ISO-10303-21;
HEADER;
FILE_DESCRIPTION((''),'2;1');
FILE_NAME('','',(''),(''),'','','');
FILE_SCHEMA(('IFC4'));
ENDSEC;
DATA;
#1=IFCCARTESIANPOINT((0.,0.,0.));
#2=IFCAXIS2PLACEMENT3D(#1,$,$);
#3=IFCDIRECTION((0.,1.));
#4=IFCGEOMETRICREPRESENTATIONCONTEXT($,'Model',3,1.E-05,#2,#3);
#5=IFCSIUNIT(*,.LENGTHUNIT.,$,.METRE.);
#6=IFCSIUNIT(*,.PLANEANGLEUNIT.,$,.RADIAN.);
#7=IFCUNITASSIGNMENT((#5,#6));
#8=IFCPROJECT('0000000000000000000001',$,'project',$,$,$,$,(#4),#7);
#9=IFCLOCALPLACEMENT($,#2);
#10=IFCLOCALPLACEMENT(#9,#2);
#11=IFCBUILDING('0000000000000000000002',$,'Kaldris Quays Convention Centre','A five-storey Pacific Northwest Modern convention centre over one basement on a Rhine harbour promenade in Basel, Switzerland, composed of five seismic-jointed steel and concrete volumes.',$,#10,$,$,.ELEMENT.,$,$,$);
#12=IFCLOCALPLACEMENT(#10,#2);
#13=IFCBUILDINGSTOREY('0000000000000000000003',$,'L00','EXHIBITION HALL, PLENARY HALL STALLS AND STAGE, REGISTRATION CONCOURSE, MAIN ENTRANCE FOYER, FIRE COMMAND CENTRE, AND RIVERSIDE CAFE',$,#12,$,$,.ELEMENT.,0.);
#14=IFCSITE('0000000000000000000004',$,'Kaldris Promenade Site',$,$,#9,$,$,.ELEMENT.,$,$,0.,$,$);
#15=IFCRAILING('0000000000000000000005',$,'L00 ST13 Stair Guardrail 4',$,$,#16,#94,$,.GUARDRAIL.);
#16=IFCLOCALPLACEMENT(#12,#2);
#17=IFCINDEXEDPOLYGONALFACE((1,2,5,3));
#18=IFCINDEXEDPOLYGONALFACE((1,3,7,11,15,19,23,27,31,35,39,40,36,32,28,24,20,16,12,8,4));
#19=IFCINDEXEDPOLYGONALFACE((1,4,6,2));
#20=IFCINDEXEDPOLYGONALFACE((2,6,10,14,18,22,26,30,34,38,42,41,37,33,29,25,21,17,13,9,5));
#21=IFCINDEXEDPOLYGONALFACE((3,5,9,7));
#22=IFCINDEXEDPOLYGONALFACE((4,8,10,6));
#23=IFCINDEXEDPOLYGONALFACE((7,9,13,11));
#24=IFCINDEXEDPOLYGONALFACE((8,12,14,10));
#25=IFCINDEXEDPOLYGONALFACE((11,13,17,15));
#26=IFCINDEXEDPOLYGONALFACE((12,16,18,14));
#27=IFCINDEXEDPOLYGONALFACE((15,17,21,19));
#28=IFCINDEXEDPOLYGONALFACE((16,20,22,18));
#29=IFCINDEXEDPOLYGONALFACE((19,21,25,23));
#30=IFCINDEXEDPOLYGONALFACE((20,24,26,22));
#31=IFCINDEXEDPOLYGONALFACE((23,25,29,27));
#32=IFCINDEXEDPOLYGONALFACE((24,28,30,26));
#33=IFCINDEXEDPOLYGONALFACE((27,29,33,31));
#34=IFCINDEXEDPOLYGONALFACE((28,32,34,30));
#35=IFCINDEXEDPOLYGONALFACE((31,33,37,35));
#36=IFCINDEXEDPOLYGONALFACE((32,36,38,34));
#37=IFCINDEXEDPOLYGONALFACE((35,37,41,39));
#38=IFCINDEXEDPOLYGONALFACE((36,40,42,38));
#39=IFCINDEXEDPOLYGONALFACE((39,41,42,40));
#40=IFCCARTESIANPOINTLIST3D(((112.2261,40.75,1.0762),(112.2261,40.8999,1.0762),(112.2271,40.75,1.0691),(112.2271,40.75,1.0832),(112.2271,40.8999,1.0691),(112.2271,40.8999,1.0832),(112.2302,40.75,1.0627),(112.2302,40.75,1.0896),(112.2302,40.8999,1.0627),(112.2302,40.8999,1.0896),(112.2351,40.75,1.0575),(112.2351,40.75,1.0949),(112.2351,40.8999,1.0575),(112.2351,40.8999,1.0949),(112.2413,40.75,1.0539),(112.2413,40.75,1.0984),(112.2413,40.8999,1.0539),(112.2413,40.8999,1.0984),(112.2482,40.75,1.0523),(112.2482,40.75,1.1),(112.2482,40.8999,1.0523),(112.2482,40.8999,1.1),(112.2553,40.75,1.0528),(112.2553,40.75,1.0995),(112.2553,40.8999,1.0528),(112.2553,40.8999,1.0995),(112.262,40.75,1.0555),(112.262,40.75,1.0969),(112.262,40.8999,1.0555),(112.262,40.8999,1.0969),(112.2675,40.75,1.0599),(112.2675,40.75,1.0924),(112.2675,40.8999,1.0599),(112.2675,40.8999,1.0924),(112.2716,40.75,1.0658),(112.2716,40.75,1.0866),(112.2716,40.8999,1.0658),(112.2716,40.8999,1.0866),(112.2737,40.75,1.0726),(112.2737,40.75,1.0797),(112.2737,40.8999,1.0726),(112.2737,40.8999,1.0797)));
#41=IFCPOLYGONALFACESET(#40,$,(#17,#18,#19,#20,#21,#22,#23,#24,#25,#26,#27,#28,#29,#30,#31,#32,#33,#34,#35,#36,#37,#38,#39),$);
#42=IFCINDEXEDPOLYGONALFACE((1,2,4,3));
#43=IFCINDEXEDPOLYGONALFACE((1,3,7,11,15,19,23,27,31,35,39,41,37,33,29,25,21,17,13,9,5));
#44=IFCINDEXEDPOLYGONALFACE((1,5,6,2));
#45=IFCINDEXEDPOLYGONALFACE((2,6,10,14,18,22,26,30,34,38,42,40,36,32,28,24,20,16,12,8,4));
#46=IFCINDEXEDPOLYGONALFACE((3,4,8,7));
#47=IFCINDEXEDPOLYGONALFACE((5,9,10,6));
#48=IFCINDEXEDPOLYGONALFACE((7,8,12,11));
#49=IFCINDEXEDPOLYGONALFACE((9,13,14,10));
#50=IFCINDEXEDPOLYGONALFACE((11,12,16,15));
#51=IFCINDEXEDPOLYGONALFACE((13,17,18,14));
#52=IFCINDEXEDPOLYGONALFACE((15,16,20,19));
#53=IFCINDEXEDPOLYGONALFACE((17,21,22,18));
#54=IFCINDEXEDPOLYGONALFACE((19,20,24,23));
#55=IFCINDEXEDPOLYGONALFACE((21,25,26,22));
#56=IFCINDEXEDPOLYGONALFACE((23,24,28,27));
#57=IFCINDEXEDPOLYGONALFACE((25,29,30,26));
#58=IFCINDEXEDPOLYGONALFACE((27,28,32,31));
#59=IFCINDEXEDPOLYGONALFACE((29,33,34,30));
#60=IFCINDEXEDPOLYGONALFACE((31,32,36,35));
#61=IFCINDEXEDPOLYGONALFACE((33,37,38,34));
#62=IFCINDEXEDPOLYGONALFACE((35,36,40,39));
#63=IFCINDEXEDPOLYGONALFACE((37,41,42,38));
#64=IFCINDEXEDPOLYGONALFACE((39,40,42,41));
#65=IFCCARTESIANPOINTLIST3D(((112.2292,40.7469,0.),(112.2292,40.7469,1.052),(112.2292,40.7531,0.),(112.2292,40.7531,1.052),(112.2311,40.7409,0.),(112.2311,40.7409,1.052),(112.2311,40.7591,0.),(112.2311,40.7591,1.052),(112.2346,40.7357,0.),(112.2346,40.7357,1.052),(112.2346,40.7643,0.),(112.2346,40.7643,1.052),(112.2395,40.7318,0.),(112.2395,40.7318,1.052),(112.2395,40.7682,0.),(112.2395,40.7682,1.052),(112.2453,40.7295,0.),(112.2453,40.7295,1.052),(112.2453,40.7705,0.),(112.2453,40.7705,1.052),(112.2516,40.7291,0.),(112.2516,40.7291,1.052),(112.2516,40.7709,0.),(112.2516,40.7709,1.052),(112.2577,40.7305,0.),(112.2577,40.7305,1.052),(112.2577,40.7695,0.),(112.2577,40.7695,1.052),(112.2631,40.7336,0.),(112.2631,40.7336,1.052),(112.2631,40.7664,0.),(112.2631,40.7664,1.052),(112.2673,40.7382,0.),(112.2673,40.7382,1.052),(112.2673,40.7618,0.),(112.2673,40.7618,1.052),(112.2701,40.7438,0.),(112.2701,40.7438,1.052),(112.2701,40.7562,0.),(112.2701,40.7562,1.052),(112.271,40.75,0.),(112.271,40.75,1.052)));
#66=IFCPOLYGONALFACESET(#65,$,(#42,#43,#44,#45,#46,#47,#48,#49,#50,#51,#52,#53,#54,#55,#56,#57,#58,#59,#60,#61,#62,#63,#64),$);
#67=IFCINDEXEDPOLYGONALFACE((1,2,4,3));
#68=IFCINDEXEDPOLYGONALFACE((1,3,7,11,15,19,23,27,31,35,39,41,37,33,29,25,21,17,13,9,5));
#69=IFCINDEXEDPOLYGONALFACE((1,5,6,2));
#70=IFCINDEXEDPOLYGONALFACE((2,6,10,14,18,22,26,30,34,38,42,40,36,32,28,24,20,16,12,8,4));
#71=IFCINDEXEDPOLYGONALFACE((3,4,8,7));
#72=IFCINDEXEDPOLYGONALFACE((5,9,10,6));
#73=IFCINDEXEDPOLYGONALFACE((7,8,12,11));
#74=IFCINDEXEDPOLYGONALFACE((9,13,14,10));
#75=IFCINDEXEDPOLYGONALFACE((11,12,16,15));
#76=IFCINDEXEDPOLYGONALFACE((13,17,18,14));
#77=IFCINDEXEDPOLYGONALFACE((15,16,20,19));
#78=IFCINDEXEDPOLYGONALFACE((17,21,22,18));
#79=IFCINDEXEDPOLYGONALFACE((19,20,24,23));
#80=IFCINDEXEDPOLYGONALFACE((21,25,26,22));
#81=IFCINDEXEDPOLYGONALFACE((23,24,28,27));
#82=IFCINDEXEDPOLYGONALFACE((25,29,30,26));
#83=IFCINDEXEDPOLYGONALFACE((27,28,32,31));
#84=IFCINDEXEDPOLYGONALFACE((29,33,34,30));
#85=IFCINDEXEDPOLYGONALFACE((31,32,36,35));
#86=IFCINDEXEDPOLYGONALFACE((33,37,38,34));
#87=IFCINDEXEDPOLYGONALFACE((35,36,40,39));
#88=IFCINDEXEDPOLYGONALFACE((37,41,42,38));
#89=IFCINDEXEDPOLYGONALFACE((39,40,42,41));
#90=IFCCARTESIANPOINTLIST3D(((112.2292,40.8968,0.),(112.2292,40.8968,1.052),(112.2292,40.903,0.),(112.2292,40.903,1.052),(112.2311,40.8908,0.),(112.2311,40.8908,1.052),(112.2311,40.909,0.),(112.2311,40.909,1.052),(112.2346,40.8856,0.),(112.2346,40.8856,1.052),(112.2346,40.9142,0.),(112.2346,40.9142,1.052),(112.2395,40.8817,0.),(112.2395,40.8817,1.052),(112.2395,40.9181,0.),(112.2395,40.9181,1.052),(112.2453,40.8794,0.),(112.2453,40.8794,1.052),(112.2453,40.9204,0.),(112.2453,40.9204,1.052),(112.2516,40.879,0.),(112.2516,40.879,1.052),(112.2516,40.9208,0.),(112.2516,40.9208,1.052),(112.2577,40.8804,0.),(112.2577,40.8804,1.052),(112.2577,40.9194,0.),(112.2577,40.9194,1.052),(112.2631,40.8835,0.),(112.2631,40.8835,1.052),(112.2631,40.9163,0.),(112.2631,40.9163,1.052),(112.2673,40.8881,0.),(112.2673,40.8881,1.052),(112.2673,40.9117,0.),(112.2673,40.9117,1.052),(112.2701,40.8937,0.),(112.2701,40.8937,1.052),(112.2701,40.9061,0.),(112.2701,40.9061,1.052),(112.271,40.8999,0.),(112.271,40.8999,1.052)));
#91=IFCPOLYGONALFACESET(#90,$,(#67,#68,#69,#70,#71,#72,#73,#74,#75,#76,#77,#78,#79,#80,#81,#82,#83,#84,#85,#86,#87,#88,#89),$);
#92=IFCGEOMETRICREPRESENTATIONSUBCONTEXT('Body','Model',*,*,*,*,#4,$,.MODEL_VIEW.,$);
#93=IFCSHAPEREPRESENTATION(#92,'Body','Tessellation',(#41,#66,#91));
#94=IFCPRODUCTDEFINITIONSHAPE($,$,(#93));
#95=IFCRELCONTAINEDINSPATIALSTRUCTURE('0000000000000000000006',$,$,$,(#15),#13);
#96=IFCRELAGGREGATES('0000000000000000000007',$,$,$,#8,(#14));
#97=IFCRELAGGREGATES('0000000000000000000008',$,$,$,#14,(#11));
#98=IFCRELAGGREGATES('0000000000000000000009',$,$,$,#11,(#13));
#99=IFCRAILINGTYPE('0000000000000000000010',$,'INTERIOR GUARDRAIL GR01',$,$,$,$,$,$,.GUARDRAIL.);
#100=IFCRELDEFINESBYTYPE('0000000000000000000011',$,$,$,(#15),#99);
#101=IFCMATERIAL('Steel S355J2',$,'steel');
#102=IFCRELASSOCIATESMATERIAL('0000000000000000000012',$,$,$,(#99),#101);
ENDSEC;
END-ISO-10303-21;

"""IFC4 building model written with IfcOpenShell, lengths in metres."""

from ifc_helpers import new_model, si_unit, direction, frame, origin, origin_2d, place, context, subcontext, project, spatial, circle, extrude, material, type_object, element, save


model = new_model("IFC4")

# Units and contexts
model_context = context("Model", 3, precision=1e-05, world=origin(), true_north=direction((0.0, 1.0)))
body_context = subcontext(model_context, "Body", "Model", "MODEL_VIEW")
ifc_project = project(units=[si_unit("LENGTHUNIT", "METRE"), si_unit("PLANEANGLEUNIT", "RADIAN")], contexts=[model_context])

# Site, building, storey
site_placement = place(None, origin())
site = spatial("IfcSite", under=ifc_project, at=site_placement, Name="Kaldris Promenade Site", CompositionType="ELEMENT", RefElevation=0.0)
building_placement = place(site_placement, origin())
building = spatial("IfcBuilding", under=site, at=building_placement, Name="Kaldris Quays Convention Centre", Description="A five-storey Pacific Northwest Modern convention centre over one basement on a Rhine harbour promenade in Basel, Switzerland, composed of five seismic-jointed steel and concrete volumes.", CompositionType="ELEMENT")
storey_placement = place(building_placement, origin())
storey = spatial("IfcBuildingStorey", under=building, at=storey_placement, Name="L00", Description="EXHIBITION HALL, PLENARY HALL STALLS AND STAGE, REGISTRATION CONCOURSE, MAIN ENTRANCE FOYER, FIRE COMMAND CENTRE, AND RIVERSIDE CAFE", CompositionType="ELEMENT", Elevation=0.0)

# Shared definitions
ifc_material_1 = material(Name="Steel S355J2", Category="steel")

# Railing
railing_type_1 = type_object("IfcRailingType", Name="INTERIOR GUARDRAIL GR01", PredefinedType="GUARDRAIL", material=ifc_material_1)
railing_1_placement = place(storey_placement, frame((112.25, 40.75, 0.0)))
element("IfcRailing", 1, at=railing_1_placement, inside=storey, type_object=railing_type_1, Name="L00 ST13 Stair Guardrail 4", PredefinedType="GUARDRAIL", context=body_context, shape_type="SweptSolid", body=[
    extrude(circle(Radius=0.0239, at=origin_2d()), frame((0.0, 0.0, 1.0762), z_axis=(0.0, 1.0, 0.0), x_axis=(-1.0, 0.0, 0.0)), (0.0, 0.0, 1.0), 0.1499),
    extrude(circle(Radius=0.021, at=origin_2d()), origin(), (0.0, 0.0, 1.0), 1.052),
    extrude(circle(Radius=0.021, at=origin_2d()), frame((0.0, 0.1499, 0.0)), (0.0, 0.0, 1.0), 1.052),
])

save(model, "model.ifc")
